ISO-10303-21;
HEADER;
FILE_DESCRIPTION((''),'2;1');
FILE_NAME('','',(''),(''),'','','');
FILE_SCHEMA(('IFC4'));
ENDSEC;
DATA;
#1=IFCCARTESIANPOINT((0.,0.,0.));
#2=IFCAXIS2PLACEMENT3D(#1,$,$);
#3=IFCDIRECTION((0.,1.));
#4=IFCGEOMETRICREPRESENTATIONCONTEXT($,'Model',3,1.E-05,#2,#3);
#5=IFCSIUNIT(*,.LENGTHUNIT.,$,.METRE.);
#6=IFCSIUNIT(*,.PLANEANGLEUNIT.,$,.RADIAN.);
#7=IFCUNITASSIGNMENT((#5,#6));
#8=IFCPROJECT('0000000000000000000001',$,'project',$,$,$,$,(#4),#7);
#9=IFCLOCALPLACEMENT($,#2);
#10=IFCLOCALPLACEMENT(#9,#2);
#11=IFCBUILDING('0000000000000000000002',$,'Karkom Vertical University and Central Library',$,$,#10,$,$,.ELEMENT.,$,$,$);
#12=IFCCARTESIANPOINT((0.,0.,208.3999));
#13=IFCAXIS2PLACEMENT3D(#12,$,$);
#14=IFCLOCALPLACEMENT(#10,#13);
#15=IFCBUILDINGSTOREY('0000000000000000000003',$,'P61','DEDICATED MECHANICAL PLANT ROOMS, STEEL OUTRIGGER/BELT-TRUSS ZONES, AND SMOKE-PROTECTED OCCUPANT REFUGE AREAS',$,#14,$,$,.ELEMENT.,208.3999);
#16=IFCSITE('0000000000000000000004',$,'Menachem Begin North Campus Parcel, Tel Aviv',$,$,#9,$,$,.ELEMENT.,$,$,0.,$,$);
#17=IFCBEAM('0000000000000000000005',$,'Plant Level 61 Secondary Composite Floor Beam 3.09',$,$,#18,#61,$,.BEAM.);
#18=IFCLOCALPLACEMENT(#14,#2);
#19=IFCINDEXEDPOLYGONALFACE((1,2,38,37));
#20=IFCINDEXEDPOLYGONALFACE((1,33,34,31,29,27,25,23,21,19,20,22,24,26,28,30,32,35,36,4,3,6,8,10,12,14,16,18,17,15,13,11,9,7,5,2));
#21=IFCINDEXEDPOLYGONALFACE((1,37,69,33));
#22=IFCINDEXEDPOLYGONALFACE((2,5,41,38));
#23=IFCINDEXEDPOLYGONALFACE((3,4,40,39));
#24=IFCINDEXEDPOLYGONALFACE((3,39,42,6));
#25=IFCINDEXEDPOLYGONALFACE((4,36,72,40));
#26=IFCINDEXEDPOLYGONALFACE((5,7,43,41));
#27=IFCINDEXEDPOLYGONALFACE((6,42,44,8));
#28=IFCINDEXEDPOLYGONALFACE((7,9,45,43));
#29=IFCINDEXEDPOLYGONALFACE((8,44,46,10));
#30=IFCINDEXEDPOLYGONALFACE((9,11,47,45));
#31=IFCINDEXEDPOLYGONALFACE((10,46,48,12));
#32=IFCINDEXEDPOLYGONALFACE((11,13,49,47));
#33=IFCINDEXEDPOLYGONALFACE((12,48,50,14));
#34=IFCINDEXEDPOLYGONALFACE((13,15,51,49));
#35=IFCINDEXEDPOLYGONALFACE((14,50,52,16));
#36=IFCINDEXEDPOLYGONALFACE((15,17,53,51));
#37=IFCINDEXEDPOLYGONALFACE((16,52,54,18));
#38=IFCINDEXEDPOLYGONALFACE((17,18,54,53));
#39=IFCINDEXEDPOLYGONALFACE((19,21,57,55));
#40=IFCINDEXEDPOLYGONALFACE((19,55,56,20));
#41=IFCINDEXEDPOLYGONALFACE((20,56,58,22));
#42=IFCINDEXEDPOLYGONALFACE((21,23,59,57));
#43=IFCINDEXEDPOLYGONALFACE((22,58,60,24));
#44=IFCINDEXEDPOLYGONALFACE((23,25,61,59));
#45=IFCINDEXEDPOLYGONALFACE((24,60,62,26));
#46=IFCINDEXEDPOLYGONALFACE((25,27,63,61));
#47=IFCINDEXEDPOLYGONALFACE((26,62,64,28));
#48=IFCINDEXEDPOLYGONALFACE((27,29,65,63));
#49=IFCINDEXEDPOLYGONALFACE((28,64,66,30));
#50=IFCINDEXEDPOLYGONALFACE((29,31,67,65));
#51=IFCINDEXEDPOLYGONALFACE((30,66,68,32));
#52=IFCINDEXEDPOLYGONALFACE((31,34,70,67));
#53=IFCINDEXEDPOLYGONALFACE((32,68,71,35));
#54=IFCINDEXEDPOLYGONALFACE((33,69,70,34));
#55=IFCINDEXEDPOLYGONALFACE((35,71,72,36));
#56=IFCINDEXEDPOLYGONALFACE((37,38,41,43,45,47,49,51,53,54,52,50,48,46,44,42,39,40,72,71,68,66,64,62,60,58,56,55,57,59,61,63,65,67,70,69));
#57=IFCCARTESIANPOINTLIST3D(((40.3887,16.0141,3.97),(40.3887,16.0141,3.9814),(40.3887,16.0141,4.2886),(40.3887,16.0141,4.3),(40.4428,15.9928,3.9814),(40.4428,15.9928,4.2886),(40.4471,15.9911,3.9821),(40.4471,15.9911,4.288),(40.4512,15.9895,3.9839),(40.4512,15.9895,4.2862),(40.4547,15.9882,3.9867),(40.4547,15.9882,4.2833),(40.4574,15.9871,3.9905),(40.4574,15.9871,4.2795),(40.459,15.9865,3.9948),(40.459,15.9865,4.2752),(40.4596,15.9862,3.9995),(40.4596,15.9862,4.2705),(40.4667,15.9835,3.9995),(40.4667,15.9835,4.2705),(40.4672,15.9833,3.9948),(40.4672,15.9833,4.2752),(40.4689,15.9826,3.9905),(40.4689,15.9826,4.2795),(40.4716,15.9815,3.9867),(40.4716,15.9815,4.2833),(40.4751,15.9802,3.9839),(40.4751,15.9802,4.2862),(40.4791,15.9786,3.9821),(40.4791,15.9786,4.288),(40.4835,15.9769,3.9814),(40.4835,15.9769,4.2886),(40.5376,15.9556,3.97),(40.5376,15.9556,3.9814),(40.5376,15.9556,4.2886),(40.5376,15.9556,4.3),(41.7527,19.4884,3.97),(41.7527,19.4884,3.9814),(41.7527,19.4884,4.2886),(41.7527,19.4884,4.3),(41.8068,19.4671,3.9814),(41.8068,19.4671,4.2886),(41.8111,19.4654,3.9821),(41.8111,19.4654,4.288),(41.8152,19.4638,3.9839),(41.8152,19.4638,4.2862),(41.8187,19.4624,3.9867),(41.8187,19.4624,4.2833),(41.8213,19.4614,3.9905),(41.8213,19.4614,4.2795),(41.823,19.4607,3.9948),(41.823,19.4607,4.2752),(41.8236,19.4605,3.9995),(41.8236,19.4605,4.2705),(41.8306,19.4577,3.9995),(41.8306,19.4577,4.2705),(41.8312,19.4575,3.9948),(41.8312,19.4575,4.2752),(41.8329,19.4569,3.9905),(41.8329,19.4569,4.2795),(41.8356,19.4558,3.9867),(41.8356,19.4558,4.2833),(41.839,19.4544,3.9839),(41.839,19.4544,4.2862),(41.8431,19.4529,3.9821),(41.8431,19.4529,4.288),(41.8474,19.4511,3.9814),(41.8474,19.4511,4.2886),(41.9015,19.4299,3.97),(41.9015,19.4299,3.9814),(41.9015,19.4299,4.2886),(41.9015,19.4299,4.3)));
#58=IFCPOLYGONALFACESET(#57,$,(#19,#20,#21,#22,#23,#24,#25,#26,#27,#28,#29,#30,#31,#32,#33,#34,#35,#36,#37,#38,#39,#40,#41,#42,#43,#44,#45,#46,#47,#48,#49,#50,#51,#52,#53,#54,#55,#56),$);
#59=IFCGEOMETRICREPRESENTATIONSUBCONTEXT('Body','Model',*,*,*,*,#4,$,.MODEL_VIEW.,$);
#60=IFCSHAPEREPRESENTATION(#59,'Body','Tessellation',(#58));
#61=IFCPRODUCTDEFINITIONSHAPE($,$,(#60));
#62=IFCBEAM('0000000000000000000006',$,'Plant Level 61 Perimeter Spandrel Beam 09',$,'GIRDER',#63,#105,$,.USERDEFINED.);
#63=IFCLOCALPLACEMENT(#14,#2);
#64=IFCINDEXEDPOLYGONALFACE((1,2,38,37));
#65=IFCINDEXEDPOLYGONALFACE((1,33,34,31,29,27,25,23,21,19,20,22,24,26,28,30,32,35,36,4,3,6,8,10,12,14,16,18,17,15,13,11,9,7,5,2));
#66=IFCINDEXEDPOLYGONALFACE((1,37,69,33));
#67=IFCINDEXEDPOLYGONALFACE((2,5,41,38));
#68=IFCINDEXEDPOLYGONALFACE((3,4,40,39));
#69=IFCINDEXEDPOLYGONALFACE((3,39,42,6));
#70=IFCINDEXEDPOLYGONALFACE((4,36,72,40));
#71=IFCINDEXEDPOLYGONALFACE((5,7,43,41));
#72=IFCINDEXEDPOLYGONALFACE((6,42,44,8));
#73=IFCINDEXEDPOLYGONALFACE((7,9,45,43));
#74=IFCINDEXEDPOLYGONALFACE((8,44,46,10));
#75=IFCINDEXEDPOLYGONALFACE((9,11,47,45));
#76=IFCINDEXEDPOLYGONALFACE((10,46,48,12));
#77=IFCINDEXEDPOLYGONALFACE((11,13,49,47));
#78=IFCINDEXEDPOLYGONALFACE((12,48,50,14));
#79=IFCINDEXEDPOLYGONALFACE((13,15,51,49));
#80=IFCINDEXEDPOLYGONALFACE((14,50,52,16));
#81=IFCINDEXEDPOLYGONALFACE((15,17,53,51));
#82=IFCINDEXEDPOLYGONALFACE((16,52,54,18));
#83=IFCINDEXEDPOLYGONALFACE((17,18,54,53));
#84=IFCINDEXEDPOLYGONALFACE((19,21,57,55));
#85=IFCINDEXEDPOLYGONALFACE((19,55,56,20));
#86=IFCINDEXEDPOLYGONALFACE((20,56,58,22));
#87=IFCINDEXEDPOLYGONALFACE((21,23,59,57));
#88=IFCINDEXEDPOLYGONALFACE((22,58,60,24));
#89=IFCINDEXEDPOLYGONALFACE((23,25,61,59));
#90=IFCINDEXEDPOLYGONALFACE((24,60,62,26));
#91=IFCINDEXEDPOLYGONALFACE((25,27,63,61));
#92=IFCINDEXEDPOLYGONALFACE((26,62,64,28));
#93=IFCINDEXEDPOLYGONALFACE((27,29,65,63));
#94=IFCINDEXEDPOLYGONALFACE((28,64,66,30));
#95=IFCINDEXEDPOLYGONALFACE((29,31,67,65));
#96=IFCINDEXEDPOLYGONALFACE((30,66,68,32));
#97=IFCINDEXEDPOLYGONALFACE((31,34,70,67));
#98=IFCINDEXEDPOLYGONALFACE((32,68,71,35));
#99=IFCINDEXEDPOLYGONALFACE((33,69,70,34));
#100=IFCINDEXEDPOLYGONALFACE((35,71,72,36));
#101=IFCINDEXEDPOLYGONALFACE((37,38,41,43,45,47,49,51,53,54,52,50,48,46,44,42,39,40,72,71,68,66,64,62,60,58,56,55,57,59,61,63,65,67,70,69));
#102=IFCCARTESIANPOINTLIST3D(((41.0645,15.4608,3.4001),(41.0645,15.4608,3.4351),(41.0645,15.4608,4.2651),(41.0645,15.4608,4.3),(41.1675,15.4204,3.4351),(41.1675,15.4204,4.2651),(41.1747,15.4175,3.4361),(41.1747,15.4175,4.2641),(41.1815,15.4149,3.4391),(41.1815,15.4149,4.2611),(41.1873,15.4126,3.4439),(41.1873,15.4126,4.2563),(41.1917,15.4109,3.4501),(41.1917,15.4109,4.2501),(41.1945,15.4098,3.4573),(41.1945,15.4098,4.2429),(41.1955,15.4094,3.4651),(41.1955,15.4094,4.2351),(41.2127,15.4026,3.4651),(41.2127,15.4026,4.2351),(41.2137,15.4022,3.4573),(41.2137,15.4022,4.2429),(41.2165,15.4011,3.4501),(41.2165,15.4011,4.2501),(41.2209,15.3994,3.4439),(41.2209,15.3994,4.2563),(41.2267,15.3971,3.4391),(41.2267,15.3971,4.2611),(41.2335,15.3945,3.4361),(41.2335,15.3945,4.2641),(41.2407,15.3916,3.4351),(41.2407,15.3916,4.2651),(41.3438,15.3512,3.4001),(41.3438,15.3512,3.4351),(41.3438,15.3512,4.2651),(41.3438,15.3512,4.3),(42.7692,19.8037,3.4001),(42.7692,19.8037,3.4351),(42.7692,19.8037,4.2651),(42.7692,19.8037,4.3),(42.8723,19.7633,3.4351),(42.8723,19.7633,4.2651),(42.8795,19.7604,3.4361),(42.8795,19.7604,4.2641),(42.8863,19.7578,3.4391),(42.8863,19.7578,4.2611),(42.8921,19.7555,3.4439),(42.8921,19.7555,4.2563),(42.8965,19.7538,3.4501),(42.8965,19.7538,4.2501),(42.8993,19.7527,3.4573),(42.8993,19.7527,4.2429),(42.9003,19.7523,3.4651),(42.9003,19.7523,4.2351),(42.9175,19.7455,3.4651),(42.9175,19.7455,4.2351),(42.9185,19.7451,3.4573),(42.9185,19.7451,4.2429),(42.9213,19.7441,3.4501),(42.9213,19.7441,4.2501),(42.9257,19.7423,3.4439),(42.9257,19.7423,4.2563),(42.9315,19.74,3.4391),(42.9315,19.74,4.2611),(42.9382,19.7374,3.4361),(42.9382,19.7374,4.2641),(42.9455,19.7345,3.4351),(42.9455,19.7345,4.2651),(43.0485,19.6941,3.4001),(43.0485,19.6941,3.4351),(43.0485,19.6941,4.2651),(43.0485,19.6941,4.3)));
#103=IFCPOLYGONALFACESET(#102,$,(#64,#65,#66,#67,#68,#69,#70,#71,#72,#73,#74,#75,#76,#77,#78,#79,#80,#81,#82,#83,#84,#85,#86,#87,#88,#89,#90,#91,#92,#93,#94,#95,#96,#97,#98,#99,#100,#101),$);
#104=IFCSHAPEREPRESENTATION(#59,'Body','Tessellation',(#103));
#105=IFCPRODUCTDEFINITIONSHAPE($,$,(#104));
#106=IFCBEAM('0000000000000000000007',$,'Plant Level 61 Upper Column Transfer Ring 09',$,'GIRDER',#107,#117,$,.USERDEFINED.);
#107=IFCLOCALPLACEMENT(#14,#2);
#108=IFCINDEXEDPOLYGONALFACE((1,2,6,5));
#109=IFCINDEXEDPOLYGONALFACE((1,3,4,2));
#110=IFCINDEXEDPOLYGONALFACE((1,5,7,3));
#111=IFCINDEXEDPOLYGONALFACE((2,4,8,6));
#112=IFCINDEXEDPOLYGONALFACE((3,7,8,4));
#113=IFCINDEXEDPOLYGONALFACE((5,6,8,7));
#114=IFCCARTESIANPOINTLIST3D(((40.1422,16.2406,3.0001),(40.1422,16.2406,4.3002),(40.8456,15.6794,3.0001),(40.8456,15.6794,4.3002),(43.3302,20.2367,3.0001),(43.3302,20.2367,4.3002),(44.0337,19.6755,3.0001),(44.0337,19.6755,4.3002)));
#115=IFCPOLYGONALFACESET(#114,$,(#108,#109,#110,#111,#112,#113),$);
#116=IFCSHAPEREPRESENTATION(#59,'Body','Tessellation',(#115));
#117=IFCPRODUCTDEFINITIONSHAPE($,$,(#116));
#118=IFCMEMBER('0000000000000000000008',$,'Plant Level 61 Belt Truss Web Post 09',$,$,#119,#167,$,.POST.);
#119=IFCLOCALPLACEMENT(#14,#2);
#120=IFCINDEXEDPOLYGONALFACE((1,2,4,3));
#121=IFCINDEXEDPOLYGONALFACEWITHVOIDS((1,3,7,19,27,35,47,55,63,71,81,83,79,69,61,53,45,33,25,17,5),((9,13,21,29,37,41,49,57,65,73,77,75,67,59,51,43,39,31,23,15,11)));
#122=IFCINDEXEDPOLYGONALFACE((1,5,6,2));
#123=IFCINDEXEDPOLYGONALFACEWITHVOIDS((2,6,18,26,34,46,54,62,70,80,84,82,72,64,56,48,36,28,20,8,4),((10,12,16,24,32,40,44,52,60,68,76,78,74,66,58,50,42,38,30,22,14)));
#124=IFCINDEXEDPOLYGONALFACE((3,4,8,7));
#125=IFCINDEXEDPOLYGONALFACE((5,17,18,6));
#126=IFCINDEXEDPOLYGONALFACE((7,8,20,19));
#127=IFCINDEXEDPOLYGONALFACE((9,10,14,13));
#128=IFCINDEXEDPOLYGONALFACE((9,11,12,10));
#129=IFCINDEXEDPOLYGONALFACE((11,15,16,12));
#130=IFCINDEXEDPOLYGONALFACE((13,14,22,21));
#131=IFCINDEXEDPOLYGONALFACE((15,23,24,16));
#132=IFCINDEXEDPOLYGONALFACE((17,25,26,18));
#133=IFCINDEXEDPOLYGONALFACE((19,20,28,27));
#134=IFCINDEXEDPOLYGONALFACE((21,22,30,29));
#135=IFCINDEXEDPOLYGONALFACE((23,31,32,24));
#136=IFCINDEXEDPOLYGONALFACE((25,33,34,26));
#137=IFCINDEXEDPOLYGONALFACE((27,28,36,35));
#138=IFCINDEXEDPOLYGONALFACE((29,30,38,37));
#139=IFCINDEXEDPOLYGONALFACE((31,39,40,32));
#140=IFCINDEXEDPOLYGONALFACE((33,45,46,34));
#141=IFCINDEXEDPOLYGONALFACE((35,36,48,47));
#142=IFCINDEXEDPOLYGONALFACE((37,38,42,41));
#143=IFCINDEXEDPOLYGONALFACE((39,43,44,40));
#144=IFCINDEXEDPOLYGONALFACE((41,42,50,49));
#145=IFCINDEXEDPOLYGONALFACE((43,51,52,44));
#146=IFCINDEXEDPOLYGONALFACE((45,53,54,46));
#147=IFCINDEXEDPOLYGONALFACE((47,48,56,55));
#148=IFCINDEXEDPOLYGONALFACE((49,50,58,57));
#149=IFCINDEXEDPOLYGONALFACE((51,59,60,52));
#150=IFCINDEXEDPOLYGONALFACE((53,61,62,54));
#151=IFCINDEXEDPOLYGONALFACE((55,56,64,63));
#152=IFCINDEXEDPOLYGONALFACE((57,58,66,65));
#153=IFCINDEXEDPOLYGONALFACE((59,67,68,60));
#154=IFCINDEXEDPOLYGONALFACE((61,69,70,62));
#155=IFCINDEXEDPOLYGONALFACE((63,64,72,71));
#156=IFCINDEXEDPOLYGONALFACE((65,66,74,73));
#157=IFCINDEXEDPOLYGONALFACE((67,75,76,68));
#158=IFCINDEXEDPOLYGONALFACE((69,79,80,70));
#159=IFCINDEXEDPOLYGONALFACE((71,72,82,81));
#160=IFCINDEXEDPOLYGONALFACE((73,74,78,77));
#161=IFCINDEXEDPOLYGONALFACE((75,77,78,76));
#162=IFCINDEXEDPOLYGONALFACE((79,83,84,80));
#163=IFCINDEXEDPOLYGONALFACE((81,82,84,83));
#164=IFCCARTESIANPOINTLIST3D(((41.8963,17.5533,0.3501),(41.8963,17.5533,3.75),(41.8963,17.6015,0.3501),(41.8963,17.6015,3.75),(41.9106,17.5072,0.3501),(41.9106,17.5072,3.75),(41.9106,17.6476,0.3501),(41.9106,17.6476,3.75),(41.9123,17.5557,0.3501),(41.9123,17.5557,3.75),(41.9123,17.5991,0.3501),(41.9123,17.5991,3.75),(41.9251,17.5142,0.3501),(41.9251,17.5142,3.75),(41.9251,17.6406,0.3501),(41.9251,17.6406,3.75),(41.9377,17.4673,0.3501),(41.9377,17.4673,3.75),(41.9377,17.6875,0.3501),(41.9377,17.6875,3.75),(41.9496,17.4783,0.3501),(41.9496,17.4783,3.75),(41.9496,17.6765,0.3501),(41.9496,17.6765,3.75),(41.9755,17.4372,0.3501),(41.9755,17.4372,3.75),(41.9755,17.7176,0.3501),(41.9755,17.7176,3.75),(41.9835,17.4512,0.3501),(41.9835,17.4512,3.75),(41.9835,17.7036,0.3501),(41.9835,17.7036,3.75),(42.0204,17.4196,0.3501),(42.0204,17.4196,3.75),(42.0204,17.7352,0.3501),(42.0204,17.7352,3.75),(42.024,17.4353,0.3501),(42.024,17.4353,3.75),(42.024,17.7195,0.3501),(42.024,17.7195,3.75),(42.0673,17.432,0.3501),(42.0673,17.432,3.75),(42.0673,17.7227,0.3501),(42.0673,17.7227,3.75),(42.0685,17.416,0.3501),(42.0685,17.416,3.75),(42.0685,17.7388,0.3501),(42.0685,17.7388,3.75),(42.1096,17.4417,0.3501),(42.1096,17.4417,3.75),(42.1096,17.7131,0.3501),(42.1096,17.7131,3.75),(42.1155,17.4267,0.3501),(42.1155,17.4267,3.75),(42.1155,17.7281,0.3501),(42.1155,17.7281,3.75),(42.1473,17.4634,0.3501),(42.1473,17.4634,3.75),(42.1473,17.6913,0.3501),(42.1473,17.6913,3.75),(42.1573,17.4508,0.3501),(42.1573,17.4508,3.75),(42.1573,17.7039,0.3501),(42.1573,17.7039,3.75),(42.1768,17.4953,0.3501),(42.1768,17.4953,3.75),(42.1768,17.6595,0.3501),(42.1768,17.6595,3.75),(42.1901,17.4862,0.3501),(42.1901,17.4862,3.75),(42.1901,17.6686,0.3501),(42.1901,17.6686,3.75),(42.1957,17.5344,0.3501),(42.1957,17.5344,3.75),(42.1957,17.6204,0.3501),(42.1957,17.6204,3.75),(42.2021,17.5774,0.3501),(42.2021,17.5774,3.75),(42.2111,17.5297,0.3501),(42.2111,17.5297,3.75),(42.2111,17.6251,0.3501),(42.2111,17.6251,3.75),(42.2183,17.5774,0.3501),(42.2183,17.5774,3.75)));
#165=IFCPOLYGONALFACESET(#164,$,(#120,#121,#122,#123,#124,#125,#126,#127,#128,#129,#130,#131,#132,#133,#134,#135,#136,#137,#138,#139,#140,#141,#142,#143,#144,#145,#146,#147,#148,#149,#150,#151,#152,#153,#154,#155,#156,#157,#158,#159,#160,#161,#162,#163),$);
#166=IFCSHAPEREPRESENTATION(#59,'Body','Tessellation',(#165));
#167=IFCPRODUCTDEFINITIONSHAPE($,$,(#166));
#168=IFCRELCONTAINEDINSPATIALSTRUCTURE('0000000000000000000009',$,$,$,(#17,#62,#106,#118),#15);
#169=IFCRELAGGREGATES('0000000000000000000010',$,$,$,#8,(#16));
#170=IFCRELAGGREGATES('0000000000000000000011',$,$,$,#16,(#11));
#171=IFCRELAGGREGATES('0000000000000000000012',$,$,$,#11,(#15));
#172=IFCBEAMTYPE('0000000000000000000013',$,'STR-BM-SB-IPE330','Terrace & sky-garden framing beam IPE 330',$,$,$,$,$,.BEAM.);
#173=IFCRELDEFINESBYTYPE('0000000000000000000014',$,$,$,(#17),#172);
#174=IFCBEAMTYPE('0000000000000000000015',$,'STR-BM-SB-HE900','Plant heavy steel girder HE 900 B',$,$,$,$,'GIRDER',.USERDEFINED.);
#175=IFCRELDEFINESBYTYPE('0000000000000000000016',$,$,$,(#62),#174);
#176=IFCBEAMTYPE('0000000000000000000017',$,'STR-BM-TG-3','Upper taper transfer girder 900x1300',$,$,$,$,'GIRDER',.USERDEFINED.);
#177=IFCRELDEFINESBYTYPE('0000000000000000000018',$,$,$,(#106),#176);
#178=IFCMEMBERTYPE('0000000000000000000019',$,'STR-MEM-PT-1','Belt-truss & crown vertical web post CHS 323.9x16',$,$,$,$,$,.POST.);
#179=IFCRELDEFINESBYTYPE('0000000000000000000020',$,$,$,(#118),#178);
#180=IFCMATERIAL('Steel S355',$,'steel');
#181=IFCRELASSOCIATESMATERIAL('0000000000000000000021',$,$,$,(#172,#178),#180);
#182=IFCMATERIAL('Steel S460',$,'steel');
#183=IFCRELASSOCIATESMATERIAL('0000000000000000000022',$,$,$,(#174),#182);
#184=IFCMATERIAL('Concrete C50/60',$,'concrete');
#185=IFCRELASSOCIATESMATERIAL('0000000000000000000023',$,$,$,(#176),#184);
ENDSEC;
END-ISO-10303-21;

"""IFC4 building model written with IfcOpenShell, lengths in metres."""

from ifc_helpers import new_model, si_unit, direction, frame, origin, origin_with_axes, origin_2d, place, context, subcontext, project, spatial, rectangle, hollow_circle, i_section, extrude, source, transform, mapped, material, material_profile, profile_set, type_object, element, save


model = new_model("IFC4")

# Units and contexts
model_context = context("Model", 3, precision=1e-05, world=origin(), true_north=direction((0.0, 1.0)))
body_context = subcontext(model_context, "Body", "Model", "MODEL_VIEW")
ifc_project = project(units=[si_unit("LENGTHUNIT", "METRE"), si_unit("PLANEANGLEUNIT", "RADIAN")], contexts=[model_context])

# Site, building, storey
site_placement = place(None, origin())
site = spatial("IfcSite", under=ifc_project, at=site_placement, Name="Menachem Begin North Campus Parcel, Tel Aviv", CompositionType="ELEMENT", RefElevation=0.0)
building_placement = place(site_placement, origin())
building = spatial("IfcBuilding", under=site, at=building_placement, Name="Karkom Vertical University and Central Library", CompositionType="ELEMENT")
storey_placement = place(building_placement, frame((0.0, 0.0, 208.3999)))
storey = spatial("IfcBuildingStorey", under=building, at=storey_placement, Name="P61", Description="DEDICATED MECHANICAL PLANT ROOMS, STEEL OUTRIGGER/BELT-TRUSS ZONES, AND SMOKE-PROTECTED OCCUPANT REFUGE AREAS", CompositionType="ELEMENT", Elevation=208.3999)

# Shared definitions
ifc_material_1 = material(Name="Concrete C50/60", Category="concrete")

# Beams
ifc_material_2 = material(Name="Steel S355", Category="steel")
ifc_material_profile_1 = material_profile(ifc_material_2, i_section(OverallWidth=0.1599, OverallDepth=0.3301, WebThickness=0.0076, FlangeThickness=0.0115, FilletRadius=0.0181, at=origin_2d()), Name="IPE 330")
ifc_profile_set_1 = profile_set([ifc_material_profile_1], Name="Steel S355")
beam_type_1 = type_object("IfcBeamType", Name="STR-BM-SB-IPE330", Description="Terrace & sky-garden framing beam IPE 330", PredefinedType="BEAM", material=ifc_profile_set_1)
shared_shape_1 = source(origin_with_axes(), body_context, "Body", "SweptSolid", [
    extrude(i_section(OverallWidth=0.1599, OverallDepth=0.3301, WebThickness=0.0076, FlangeThickness=0.0115, FilletRadius=0.0181, at=origin_2d()), origin(), (0.0, 0.0, 1.0), 3.7324),
])
beam_1_placement = place(storey_placement, frame((40.4631, 15.9849, 4.135), z_axis=(0.36544, 0.930835, 0.0), x_axis=(-0.930835, 0.36544, 0.0)))
element("IfcBeam", 1, at=beam_1_placement, inside=storey, type_object=beam_type_1, Name="Plant Level 61 Secondary Composite Floor Beam 3.09", PredefinedType="BEAM", context=body_context, shape_type="MappedRepresentation", body=[
    mapped(shared_shape_1, transform((0.0, 0.0, 0.0), scale=1.0)),
])
ifc_material_3 = material(Name="Steel S460", Category="steel")
ifc_material_profile_2 = material_profile(ifc_material_3, i_section(OverallWidth=0.3, OverallDepth=0.8999, WebThickness=0.0186, FlangeThickness=0.0349, FilletRadius=0.03, at=origin_2d()), Name="HE 900 B")
ifc_profile_set_2 = profile_set([ifc_material_profile_2], Name="Steel S460")
beam_type_2 = type_object("IfcBeamType", Name="STR-BM-SB-HE900", Description="Plant heavy steel girder HE 900 B", ElementType="GIRDER", PredefinedType="USERDEFINED", material=ifc_profile_set_2)
shared_shape_2 = source(origin_with_axes(), body_context, "Body", "SweptSolid", [
    extrude(i_section(OverallWidth=0.3, OverallDepth=0.8999, WebThickness=0.0186, FlangeThickness=0.0349, FilletRadius=0.03, at=origin_2d()), origin(), (0.0, 0.0, 1.0), 4.6655),
])
beam_2_placement = place(storey_placement, frame((41.2041, 15.406, 3.8501), z_axis=(0.365401, 0.93085, 0.0), x_axis=(-0.93085, 0.365401, 0.0)))
element("IfcBeam", 2, at=beam_2_placement, inside=storey, type_object=beam_type_2, Name="Plant Level 61 Perimeter Spandrel Beam 09", ObjectType="GIRDER", PredefinedType="USERDEFINED", context=body_context, shape_type="MappedRepresentation", body=[
    mapped(shared_shape_2, transform((0.0, 0.0, 0.0), scale=1.0)),
])
ifc_material_profile_3 = material_profile(ifc_material_1, rectangle(XDim=0.8999, YDim=1.3, at=origin_2d()), Name="TG-900x1300")
ifc_profile_set_3 = profile_set([ifc_material_profile_3], Name="Concrete C50/60")
beam_type_3 = type_object("IfcBeamType", Name="STR-BM-TG-3", Description="Upper taper transfer girder 900x1300", ElementType="GIRDER", PredefinedType="USERDEFINED", material=ifc_profile_set_3)
shared_shape_3 = source(origin_with_axes(), body_context, "Body", "SweptSolid", [
    extrude(rectangle(XDim=0.8999, YDim=1.3, at=origin_2d()), origin(), (0.0, 0.0, 1.0), 5.1121),
])
beam_3_placement = place(storey_placement, frame((40.4939, 15.96, 3.6501), z_axis=(0.623634, 0.781716, 0.0), x_axis=(-0.781716, 0.623634, 0.0)))
element("IfcBeam", 3, at=beam_3_placement, inside=storey, type_object=beam_type_3, Name="Plant Level 61 Upper Column Transfer Ring 09", ObjectType="GIRDER", PredefinedType="USERDEFINED", context=body_context, shape_type="MappedRepresentation", body=[
    mapped(shared_shape_3, transform((0.0, 0.0, 0.0), scale=1.0)),
])

# Member
ifc_material_profile_4 = material_profile(ifc_material_2, hollow_circle(Radius=0.1619, WallThickness=0.0161, at=origin_2d()), Name="CHS 323.9x16")
ifc_profile_set_4 = profile_set([ifc_material_profile_4], Name="Steel S355")
member_type_1 = type_object("IfcMemberType", Name="STR-MEM-PT-1", Description="Belt-truss & crown vertical web post CHS 323.9x16", PredefinedType="POST", material=ifc_profile_set_4)
shared_shape_4 = source(origin_with_axes(), body_context, "Body", "SweptSolid", [
    extrude(hollow_circle(Radius=0.1619, WallThickness=0.0161, at=origin_2d()), origin(), (0.0, 0.0, 1.0), 3.3999),
])
member_1_placement = place(storey_placement, frame((42.0564, 17.5774, 0.3501), z_axis=(0.0, 0.0, 1.0), x_axis=(1.0, 0.0, 0.0)))
element("IfcMember", 4, at=member_1_placement, inside=storey, type_object=member_type_1, Name="Plant Level 61 Belt Truss Web Post 09", PredefinedType="POST", context=body_context, shape_type="MappedRepresentation", body=[
    mapped(shared_shape_4, transform((0.0, 0.0, 0.0), scale=1.0)),
])

save(model, "model.ifc")
